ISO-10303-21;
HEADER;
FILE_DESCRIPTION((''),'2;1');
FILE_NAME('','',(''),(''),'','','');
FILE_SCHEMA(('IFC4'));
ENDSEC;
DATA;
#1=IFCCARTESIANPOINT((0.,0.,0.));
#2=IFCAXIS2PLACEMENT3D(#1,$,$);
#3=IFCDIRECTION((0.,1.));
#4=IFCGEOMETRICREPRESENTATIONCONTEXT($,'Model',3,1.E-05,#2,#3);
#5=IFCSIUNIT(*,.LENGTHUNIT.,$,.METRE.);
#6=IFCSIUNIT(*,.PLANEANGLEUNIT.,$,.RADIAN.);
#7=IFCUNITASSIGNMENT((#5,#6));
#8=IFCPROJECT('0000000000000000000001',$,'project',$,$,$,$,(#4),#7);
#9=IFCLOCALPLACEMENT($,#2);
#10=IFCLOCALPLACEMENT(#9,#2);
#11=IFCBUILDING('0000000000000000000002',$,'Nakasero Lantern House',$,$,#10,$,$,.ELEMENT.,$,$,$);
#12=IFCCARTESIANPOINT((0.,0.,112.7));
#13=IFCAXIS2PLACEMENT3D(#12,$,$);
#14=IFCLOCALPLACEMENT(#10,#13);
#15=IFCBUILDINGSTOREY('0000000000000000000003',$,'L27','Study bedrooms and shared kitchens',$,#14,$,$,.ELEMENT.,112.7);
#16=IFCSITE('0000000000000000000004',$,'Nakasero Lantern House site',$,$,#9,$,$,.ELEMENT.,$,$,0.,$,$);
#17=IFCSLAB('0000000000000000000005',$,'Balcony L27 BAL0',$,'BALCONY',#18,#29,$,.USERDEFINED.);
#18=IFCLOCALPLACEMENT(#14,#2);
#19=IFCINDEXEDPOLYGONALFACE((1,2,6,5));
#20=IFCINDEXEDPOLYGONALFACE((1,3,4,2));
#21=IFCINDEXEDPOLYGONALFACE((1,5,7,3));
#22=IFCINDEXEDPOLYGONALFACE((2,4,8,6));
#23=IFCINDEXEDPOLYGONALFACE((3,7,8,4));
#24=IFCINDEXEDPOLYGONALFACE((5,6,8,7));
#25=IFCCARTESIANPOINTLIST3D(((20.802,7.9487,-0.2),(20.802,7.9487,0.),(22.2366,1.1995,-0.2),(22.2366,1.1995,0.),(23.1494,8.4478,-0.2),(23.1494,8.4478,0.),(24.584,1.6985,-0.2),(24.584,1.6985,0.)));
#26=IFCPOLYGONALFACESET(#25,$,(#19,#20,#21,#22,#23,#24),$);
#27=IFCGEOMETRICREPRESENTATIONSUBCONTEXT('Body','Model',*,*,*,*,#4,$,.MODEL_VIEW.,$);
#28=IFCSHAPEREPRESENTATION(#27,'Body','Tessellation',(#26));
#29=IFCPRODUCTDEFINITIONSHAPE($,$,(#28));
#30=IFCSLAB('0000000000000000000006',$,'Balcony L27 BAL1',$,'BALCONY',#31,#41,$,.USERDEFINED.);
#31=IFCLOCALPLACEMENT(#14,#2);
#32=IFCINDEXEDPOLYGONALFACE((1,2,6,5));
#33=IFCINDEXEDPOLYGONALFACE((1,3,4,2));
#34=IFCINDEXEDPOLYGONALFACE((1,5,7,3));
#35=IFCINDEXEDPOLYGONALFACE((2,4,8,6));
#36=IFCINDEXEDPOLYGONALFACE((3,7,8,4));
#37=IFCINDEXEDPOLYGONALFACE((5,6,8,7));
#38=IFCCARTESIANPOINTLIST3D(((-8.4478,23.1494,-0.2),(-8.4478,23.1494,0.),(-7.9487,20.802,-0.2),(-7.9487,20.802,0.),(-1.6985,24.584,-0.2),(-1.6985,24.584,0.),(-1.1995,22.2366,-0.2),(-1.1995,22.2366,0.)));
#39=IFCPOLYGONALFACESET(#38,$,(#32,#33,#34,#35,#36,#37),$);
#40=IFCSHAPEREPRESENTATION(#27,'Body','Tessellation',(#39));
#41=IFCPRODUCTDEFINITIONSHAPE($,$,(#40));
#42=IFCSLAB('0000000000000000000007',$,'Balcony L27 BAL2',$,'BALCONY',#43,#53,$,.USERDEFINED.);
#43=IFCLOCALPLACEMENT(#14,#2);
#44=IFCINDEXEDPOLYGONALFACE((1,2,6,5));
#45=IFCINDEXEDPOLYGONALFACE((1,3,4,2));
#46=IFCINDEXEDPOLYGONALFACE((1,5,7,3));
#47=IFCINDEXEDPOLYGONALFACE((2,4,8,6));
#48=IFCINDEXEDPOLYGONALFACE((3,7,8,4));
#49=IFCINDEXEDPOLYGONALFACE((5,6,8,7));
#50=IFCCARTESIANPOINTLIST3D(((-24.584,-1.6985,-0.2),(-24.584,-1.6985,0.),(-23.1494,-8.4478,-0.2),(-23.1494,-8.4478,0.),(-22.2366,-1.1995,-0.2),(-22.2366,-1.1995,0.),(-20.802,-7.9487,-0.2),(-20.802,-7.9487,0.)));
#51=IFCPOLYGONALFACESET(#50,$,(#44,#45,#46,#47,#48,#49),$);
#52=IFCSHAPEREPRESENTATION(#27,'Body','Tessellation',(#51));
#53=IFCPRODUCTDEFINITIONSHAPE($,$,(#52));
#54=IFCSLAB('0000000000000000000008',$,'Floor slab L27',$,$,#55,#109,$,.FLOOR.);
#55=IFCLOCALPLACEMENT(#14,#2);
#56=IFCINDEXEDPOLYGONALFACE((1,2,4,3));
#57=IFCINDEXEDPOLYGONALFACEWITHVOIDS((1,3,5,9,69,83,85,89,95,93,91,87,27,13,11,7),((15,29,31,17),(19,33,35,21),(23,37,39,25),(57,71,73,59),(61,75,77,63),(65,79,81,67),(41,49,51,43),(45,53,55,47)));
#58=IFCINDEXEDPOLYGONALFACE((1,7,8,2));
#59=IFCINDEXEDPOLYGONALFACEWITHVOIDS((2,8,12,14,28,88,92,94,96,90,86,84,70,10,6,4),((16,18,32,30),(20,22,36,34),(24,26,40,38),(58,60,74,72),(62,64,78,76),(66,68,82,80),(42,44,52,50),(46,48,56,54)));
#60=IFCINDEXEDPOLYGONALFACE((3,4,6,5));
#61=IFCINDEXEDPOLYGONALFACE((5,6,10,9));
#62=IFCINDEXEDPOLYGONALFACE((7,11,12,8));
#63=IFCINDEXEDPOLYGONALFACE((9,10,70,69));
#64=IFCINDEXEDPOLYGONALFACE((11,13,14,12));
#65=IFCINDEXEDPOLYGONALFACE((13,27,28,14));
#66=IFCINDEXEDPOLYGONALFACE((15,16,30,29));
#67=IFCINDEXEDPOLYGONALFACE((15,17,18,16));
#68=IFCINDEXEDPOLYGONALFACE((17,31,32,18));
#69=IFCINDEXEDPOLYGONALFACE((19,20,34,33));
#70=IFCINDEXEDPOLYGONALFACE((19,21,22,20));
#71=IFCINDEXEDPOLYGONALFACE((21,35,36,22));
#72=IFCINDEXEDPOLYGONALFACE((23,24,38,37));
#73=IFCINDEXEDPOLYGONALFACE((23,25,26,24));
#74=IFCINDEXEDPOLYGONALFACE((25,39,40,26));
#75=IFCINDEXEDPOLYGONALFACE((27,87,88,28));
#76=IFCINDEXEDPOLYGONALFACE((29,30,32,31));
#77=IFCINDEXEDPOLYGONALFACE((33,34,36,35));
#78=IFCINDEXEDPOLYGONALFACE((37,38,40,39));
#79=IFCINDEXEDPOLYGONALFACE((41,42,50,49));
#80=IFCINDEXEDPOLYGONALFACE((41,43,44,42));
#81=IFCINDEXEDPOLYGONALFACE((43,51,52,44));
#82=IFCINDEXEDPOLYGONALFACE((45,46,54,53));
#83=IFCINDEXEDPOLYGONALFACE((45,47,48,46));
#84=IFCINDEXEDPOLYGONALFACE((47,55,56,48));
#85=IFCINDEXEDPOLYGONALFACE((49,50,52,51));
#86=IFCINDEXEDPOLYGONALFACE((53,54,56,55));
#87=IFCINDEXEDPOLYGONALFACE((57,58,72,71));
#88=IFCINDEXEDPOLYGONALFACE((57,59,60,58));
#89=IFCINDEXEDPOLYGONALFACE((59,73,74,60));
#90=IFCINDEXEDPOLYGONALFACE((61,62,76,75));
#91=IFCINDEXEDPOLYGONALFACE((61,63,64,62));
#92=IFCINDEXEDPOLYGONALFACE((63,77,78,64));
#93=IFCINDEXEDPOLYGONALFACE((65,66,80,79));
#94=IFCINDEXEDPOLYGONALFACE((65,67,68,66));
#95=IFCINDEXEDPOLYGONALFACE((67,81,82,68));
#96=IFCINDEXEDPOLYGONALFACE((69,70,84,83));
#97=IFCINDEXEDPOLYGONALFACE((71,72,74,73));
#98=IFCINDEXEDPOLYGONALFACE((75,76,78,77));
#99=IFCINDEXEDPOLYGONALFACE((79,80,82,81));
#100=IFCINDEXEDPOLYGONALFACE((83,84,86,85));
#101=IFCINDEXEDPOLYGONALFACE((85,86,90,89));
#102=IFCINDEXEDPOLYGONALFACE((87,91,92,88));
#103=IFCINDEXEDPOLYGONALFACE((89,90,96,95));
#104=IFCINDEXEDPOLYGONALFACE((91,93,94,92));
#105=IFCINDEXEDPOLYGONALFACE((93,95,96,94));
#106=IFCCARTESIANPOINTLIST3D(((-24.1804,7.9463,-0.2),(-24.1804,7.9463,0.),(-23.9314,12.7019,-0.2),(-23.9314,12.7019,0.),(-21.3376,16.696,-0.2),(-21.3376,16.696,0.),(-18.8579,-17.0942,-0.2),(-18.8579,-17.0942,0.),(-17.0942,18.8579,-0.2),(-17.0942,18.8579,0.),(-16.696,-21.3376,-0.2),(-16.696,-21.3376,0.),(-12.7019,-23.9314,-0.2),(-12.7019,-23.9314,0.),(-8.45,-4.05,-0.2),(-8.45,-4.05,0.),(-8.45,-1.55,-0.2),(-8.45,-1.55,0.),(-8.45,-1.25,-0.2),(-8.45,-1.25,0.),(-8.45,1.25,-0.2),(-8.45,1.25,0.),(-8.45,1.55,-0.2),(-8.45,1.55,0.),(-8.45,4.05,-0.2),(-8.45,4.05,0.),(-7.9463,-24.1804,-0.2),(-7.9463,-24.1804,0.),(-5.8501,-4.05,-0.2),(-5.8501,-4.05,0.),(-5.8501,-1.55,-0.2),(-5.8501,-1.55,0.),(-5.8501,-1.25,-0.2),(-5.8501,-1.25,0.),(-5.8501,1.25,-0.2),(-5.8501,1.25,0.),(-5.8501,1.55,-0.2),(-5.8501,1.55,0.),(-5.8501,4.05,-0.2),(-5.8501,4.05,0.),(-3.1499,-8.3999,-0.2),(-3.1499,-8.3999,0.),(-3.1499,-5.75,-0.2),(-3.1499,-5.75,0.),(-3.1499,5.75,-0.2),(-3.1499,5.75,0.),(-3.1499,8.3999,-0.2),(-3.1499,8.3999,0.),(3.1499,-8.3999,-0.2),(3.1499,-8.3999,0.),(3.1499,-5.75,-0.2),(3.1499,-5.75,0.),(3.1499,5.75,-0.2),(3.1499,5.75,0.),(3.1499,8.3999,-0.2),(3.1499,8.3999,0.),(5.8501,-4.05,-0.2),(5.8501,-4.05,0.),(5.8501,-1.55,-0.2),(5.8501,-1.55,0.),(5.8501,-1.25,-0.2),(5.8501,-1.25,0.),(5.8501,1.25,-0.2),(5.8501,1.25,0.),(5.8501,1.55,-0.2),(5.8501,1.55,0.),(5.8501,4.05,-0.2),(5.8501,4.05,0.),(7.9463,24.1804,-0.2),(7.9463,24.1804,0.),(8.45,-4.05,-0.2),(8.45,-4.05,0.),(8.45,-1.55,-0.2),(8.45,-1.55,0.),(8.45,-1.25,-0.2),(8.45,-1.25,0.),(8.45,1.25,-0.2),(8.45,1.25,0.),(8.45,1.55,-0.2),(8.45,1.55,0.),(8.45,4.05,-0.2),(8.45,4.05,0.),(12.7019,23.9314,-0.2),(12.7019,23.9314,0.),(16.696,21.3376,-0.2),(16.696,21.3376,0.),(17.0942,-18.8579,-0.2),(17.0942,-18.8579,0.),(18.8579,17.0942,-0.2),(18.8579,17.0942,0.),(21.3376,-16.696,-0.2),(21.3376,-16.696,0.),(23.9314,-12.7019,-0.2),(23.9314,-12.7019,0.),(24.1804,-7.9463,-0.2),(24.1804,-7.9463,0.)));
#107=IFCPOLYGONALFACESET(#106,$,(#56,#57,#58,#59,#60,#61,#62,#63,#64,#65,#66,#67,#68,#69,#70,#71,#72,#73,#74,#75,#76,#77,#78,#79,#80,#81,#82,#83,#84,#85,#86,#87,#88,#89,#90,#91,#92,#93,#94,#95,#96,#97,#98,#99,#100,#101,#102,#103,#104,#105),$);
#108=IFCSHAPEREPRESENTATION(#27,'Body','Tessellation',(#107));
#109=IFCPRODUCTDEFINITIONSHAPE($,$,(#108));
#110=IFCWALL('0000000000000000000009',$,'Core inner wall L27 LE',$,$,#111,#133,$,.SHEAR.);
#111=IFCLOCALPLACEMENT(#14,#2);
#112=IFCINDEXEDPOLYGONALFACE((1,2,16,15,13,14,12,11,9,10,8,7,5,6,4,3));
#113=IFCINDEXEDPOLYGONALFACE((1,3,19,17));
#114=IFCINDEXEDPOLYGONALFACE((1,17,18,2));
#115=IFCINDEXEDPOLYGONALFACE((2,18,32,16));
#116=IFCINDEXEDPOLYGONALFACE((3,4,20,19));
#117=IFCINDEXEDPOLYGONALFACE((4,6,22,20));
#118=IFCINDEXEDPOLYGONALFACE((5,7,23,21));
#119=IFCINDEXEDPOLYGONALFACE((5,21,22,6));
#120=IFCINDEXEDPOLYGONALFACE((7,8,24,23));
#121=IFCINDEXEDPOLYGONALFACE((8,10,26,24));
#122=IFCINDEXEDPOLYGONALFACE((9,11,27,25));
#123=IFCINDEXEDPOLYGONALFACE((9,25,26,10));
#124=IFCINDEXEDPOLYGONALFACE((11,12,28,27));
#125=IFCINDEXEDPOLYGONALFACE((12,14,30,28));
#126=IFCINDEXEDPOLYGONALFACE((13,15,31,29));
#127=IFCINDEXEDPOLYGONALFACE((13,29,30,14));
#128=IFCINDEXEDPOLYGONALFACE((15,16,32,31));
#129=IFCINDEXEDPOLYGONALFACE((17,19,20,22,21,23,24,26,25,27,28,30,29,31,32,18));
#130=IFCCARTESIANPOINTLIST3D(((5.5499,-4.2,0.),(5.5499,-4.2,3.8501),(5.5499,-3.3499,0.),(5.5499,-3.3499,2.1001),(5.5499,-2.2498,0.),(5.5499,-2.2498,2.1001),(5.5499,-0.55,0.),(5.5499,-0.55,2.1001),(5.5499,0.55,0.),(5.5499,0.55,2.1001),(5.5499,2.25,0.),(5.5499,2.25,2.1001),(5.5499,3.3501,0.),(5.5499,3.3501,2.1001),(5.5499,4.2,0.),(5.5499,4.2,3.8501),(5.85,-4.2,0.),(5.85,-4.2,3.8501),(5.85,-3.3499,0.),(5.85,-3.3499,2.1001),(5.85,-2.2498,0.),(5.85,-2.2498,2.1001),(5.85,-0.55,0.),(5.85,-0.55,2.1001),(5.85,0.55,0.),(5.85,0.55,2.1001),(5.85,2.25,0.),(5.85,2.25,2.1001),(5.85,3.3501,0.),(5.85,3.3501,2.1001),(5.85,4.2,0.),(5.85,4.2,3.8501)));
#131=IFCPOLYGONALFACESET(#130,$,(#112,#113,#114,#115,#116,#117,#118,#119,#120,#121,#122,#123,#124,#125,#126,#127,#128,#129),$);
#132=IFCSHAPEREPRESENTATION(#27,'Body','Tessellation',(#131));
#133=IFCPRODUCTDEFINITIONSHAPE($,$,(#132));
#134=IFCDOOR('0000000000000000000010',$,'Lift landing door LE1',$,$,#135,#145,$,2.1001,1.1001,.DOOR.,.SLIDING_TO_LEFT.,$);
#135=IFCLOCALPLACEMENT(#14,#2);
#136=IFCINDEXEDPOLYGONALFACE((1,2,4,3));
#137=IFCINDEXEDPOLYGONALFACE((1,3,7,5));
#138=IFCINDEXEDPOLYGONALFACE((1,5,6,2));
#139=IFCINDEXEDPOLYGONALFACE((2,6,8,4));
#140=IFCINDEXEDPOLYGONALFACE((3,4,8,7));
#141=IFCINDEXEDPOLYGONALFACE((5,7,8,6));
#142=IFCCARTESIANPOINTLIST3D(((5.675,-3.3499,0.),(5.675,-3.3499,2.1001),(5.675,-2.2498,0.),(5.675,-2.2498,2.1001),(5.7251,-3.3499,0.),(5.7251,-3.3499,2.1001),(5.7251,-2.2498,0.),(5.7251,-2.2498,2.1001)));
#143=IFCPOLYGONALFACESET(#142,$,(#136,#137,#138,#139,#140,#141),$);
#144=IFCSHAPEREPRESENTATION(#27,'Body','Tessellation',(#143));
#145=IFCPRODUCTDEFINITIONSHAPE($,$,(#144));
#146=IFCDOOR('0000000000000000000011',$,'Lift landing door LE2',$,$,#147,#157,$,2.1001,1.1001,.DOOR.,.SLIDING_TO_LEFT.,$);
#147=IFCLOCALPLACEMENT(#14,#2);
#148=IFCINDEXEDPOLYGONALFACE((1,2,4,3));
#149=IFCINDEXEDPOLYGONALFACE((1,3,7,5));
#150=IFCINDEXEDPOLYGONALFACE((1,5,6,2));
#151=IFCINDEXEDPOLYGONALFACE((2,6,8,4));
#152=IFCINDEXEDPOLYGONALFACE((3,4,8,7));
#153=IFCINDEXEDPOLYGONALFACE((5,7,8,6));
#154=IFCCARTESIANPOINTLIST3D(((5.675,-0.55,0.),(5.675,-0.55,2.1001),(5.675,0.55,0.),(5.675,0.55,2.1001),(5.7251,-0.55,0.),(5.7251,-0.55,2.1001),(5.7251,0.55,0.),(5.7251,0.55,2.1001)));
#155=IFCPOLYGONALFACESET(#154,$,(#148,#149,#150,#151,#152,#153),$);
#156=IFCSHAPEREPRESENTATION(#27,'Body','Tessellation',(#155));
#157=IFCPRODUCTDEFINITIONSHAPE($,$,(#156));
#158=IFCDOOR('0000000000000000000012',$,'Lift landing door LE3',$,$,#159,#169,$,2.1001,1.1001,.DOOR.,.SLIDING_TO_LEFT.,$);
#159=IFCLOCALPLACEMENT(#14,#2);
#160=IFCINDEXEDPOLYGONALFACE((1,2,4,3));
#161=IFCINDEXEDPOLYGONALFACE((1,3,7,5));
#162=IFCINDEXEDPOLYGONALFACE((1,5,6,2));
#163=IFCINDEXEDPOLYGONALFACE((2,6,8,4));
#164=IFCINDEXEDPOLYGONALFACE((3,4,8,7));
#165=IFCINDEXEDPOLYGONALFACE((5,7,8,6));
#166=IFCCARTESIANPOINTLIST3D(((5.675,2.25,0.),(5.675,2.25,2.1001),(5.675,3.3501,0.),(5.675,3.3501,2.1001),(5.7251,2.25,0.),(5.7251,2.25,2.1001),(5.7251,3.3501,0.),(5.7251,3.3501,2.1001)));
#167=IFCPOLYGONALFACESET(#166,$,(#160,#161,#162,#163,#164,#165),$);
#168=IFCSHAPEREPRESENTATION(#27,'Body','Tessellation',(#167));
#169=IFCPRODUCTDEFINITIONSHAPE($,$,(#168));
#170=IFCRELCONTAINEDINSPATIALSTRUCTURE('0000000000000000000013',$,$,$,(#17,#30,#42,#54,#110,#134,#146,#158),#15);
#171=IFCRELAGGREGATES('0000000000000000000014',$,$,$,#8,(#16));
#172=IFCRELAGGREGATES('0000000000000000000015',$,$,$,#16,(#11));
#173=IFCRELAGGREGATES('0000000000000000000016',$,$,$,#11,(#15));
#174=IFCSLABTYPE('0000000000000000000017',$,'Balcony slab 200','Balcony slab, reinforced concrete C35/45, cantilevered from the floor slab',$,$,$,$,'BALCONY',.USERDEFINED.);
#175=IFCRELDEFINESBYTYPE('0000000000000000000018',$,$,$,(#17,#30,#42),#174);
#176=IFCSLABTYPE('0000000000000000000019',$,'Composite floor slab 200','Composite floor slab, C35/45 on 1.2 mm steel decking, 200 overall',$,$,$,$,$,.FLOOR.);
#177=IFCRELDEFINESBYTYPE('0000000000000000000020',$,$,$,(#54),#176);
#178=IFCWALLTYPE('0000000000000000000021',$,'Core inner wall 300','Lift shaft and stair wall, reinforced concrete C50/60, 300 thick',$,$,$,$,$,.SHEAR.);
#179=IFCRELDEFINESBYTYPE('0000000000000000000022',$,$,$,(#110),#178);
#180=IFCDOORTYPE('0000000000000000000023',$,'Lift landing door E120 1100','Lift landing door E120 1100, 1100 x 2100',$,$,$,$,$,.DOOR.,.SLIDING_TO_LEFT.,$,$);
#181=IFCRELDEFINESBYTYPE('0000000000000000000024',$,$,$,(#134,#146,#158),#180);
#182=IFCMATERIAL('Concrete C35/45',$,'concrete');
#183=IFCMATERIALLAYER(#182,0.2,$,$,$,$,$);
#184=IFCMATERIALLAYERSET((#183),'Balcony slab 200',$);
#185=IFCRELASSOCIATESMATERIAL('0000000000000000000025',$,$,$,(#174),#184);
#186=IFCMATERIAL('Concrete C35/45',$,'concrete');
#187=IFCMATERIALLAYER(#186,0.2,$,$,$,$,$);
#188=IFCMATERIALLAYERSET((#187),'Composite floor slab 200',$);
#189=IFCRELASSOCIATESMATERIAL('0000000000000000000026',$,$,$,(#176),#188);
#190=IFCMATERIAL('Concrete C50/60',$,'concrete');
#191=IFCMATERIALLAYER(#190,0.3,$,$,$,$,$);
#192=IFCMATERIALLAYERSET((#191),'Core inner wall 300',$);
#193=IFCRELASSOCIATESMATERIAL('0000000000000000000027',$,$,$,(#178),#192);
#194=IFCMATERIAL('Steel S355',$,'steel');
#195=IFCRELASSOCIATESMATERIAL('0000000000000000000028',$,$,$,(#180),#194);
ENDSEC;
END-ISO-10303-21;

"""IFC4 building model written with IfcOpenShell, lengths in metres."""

from ifc_helpers import new_model, si_unit, direction, frame, frame_2d, origin, place, context, subcontext, project, spatial, polyline, rectangle, outline, extrude, material, layer, layer_set, type_object, element, fill, save


model = new_model("IFC4")

# Units and contexts
model_context = context("Model", 3, precision=1e-05, world=origin(), true_north=direction((0.0, 1.0)))
body_context = subcontext(model_context, "Body", "Model", "MODEL_VIEW")
ifc_project = project(units=[si_unit("LENGTHUNIT", "METRE"), si_unit("PLANEANGLEUNIT", "RADIAN")], contexts=[model_context])

# Site, building, storey
site_placement = place(None, origin())
site = spatial("IfcSite", under=ifc_project, at=site_placement, Name="Nakasero Lantern House site", CompositionType="ELEMENT", RefElevation=0.0)
building_placement = place(site_placement, origin())
building = spatial("IfcBuilding", under=site, at=building_placement, Name="Nakasero Lantern House", CompositionType="ELEMENT")
storey_placement = place(building_placement, frame((0.0, 0.0, 112.7)))
storey = spatial("IfcBuildingStorey", under=building, at=storey_placement, Name="L27", Description="Study bedrooms and shared kitchens", CompositionType="ELEMENT", Elevation=112.7)

# Slabs
ifc_material_1 = material(Name="Concrete C35/45", Category="concrete")
ifc_layer_1 = layer(ifc_material_1, 0.2)
ifc_layer_set_1 = layer_set([ifc_layer_1], Name="Balcony slab 200")
slab_type_1 = type_object("IfcSlabType", Name="Balcony slab 200", Description="Balcony slab, reinforced concrete C35/45, cantilevered from the floor slab", ElementType="BALCONY", PredefinedType="USERDEFINED", material=ifc_layer_set_1)
slab_1_placement = place(storey_placement, frame((0.0, 0.0, -0.2)))
element("IfcSlab", 1, at=slab_1_placement, inside=storey, type_object=slab_type_1, Name="Balcony L27 BAL0", ObjectType="BALCONY", PredefinedType="USERDEFINED", context=body_context, shape_type="SweptSolid", body=[
    extrude(outline(polyline([(22.2366, 1.1995), (24.584, 1.6985), (23.1494, 8.4478), (20.802, 7.9487), (22.2366, 1.1995)])), origin(), (0.0, 0.0, 1.0), 0.2),
])
slab_2_placement = place(storey_placement, frame((0.0, 0.0, -0.2)))
element("IfcSlab", 2, at=slab_2_placement, inside=storey, type_object=slab_type_1, Name="Balcony L27 BAL1", ObjectType="BALCONY", PredefinedType="USERDEFINED", context=body_context, shape_type="SweptSolid", body=[
    extrude(outline(polyline([(-1.1995, 22.2366), (-1.6985, 24.584), (-8.4478, 23.1494), (-7.9487, 20.802), (-1.1995, 22.2366)])), origin(), (0.0, 0.0, 1.0), 0.2),
])
slab_3_placement = place(storey_placement, frame((0.0, 0.0, -0.2)))
element("IfcSlab", 3, at=slab_3_placement, inside=storey, type_object=slab_type_1, Name="Balcony L27 BAL2", ObjectType="BALCONY", PredefinedType="USERDEFINED", context=body_context, shape_type="SweptSolid", body=[
    extrude(outline(polyline([(-22.2366, -1.1995), (-24.584, -1.6985), (-23.1494, -8.4478), (-20.802, -7.9487), (-22.2366, -1.1995)])), origin(), (0.0, 0.0, 1.0), 0.2),
])
ifc_material_2 = material(Name="Concrete C35/45", Category="concrete")
ifc_layer_2 = layer(ifc_material_2, 0.2)
ifc_layer_set_2 = layer_set([ifc_layer_2], Name="Composite floor slab 200")
slab_type_2 = type_object("IfcSlabType", Name="Composite floor slab 200", Description="Composite floor slab, C35/45 on 1.2 mm steel decking, 200 overall", PredefinedType="FLOOR", material=ifc_layer_set_2)
slab_4_placement = place(storey_placement, frame((0.0, 0.0, -0.2)))
element("IfcSlab", 4, at=slab_4_placement, inside=storey, type_object=slab_type_2, Name="Floor slab L27", PredefinedType="FLOOR", context=body_context, shape_type="SweptSolid", body=[
    extrude(outline(polyline([(18.8579, 17.0942), (16.696, 21.3376), (12.7019, 23.9314), (7.9463, 24.1804), (-17.0942, 18.8579), (-21.3376, 16.696), (-23.9314, 12.7019), (-24.1804, 7.9463), (-18.8579, -17.0942), (-16.696, -21.3376), (-12.7019, -23.9314), (-7.9463, -24.1804), (17.0942, -18.8579), (21.3376, -16.696), (23.9314, -12.7019), (24.1804, -7.9463), (18.8579, 17.0942)]), holes=[polyline([(-8.45, -4.05), (-5.8501, -4.05), (-5.8501, -1.55), (-8.45, -1.55), (-8.45, -4.05)]), polyline([(-8.45, -1.25), (-5.8501, -1.25), (-5.8501, 1.25), (-8.45, 1.25), (-8.45, -1.25)]), polyline([(-8.45, 1.55), (-5.8501, 1.55), (-5.8501, 4.05), (-8.45, 4.05), (-8.45, 1.55)]), polyline([(5.8501, -4.05), (8.45, -4.05), (8.45, -1.55), (5.8501, -1.55), (5.8501, -4.05)]), polyline([(5.8501, -1.25), (8.45, -1.25), (8.45, 1.25), (5.8501, 1.25), (5.8501, -1.25)]), polyline([(5.8501, 1.55), (8.45, 1.55), (8.45, 4.05), (5.8501, 4.05), (5.8501, 1.55)]), polyline([(-3.1499, 5.75), (3.1499, 5.75), (3.1499, 8.3999), (-3.1499, 8.3999), (-3.1499, 5.75)]), polyline([(-3.1499, -8.3999), (3.1499, -8.3999), (3.1499, -5.75), (-3.1499, -5.75), (-3.1499, -8.3999)])]), origin(), (0.0, 0.0, 1.0), 0.2),
])

# Wall, openings, doors
ifc_material_3 = material(Name="Concrete C50/60", Category="concrete")
ifc_layer_3 = layer(ifc_material_3, 0.3)
ifc_layer_set_3 = layer_set([ifc_layer_3], Name="Core inner wall 300")
wall_type_1 = type_object("IfcWallType", Name="Core inner wall 300", Description="Lift shaft and stair wall, reinforced concrete C50/60, 300 thick", PredefinedType="SHEAR", material=ifc_layer_set_3)
wall_1_placement = place(storey_placement, frame((5.7, -4.2, 0.0), z_axis=(0.0, 0.0, 1.0), x_axis=(0.0, 1.0, 0.0)))
wall_1 = element("IfcWall", 5, at=wall_1_placement, inside=storey, type_object=wall_type_1, Name="Core inner wall L27 LE", PredefinedType="SHEAR", context=body_context, shape_type="SweptSolid", body=[
    extrude(rectangle(XDim=8.3999, YDim=0.3, at=frame_2d((4.2, 0.0))), origin(), (0.0, 0.0, 1.0), 3.8501),
])
opening_1_placement = place(wall_1_placement, frame((0.8501, 0.0, 0.0)))
opening_1 = element("IfcOpeningElement", 6, at=opening_1_placement, cuts=wall_1, PredefinedType="OPENING", context=body_context, shape_type="SweptSolid", body=[
    extrude(rectangle(XDim=1.1001, YDim=2.1001, at=frame_2d((0.55, 1.05))), frame((0.0, 0.1699, 0.0), z_axis=(0.0, -1.0, 0.0), x_axis=(1.0, 0.0, 0.0)), (0.0, 0.0, 1.0), 0.3401),
])
opening_2_placement = place(wall_1_placement, frame((3.6499, 0.0, 0.0)))
opening_2 = element("IfcOpeningElement", 7, at=opening_2_placement, cuts=wall_1, PredefinedType="OPENING", context=body_context, shape_type="SweptSolid", body=[
    extrude(rectangle(XDim=1.1001, YDim=2.1001, at=frame_2d((0.55, 1.05))), frame((0.0, 0.1699, 0.0), z_axis=(0.0, -1.0, 0.0), x_axis=(1.0, 0.0, 0.0)), (0.0, 0.0, 1.0), 0.3401),
])
opening_3_placement = place(wall_1_placement, frame((6.45, 0.0, 0.0)))
opening_3 = element("IfcOpeningElement", 8, at=opening_3_placement, cuts=wall_1, PredefinedType="OPENING", context=body_context, shape_type="SweptSolid", body=[
    extrude(rectangle(XDim=1.1001, YDim=2.1001, at=frame_2d((0.55, 1.05))), frame((0.0, 0.1699, 0.0), z_axis=(0.0, -1.0, 0.0), x_axis=(1.0, 0.0, 0.0)), (0.0, 0.0, 1.0), 0.3401),
])
ifc_material_4 = material(Name="Steel S355", Category="steel")
door_type_1 = type_object("IfcDoorType", Name="Lift landing door E120 1100", Description="Lift landing door E120 1100, 1100 x 2100", OperationType="SLIDING_TO_LEFT", PredefinedType="DOOR", material=ifc_material_4)
door_1_placement = place(opening_1_placement, origin())
door_1 = element("IfcDoor", 9, at=door_1_placement, inside=storey, type_object=door_type_1, Name="Lift landing door LE1", OperationType="SLIDING_TO_LEFT", OverallHeight=2.1001, OverallWidth=1.1001, PredefinedType="DOOR", context=body_context, shape_type="SweptSolid", body=[
    extrude(rectangle(XDim=1.1001, YDim=2.1001, at=frame_2d((0.55, 1.05))), frame((0.0, 0.0249, 0.0), z_axis=(0.0, -1.0, 0.0), x_axis=(1.0, 0.0, 0.0)), (0.0, 0.0, 1.0), 0.05),
])
fill(opening_1, door_1)
door_2_placement = place(opening_2_placement, origin())
door_2 = element("IfcDoor", 10, at=door_2_placement, inside=storey, type_object=door_type_1, Name="Lift landing door LE2", OperationType="SLIDING_TO_LEFT", OverallHeight=2.1001, OverallWidth=1.1001, PredefinedType="DOOR", context=body_context, shape_type="SweptSolid", body=[
    extrude(rectangle(XDim=1.1001, YDim=2.1001, at=frame_2d((0.55, 1.05))), frame((0.0, 0.0249, 0.0), z_axis=(0.0, -1.0, 0.0), x_axis=(1.0, 0.0, 0.0)), (0.0, 0.0, 1.0), 0.05),
])
fill(opening_2, door_2)
door_3_placement = place(opening_3_placement, origin())
door_3 = element("IfcDoor", 11, at=door_3_placement, inside=storey, type_object=door_type_1, Name="Lift landing door LE3", OperationType="SLIDING_TO_LEFT", OverallHeight=2.1001, OverallWidth=1.1001, PredefinedType="DOOR", context=body_context, shape_type="SweptSolid", body=[
    extrude(rectangle(XDim=1.1001, YDim=2.1001, at=frame_2d((0.55, 1.05))), frame((0.0, 0.0249, 0.0), z_axis=(0.0, -1.0, 0.0), x_axis=(1.0, 0.0, 0.0)), (0.0, 0.0, 1.0), 0.05),
])
fill(opening_3, door_3)

save(model, "model.ifc")
